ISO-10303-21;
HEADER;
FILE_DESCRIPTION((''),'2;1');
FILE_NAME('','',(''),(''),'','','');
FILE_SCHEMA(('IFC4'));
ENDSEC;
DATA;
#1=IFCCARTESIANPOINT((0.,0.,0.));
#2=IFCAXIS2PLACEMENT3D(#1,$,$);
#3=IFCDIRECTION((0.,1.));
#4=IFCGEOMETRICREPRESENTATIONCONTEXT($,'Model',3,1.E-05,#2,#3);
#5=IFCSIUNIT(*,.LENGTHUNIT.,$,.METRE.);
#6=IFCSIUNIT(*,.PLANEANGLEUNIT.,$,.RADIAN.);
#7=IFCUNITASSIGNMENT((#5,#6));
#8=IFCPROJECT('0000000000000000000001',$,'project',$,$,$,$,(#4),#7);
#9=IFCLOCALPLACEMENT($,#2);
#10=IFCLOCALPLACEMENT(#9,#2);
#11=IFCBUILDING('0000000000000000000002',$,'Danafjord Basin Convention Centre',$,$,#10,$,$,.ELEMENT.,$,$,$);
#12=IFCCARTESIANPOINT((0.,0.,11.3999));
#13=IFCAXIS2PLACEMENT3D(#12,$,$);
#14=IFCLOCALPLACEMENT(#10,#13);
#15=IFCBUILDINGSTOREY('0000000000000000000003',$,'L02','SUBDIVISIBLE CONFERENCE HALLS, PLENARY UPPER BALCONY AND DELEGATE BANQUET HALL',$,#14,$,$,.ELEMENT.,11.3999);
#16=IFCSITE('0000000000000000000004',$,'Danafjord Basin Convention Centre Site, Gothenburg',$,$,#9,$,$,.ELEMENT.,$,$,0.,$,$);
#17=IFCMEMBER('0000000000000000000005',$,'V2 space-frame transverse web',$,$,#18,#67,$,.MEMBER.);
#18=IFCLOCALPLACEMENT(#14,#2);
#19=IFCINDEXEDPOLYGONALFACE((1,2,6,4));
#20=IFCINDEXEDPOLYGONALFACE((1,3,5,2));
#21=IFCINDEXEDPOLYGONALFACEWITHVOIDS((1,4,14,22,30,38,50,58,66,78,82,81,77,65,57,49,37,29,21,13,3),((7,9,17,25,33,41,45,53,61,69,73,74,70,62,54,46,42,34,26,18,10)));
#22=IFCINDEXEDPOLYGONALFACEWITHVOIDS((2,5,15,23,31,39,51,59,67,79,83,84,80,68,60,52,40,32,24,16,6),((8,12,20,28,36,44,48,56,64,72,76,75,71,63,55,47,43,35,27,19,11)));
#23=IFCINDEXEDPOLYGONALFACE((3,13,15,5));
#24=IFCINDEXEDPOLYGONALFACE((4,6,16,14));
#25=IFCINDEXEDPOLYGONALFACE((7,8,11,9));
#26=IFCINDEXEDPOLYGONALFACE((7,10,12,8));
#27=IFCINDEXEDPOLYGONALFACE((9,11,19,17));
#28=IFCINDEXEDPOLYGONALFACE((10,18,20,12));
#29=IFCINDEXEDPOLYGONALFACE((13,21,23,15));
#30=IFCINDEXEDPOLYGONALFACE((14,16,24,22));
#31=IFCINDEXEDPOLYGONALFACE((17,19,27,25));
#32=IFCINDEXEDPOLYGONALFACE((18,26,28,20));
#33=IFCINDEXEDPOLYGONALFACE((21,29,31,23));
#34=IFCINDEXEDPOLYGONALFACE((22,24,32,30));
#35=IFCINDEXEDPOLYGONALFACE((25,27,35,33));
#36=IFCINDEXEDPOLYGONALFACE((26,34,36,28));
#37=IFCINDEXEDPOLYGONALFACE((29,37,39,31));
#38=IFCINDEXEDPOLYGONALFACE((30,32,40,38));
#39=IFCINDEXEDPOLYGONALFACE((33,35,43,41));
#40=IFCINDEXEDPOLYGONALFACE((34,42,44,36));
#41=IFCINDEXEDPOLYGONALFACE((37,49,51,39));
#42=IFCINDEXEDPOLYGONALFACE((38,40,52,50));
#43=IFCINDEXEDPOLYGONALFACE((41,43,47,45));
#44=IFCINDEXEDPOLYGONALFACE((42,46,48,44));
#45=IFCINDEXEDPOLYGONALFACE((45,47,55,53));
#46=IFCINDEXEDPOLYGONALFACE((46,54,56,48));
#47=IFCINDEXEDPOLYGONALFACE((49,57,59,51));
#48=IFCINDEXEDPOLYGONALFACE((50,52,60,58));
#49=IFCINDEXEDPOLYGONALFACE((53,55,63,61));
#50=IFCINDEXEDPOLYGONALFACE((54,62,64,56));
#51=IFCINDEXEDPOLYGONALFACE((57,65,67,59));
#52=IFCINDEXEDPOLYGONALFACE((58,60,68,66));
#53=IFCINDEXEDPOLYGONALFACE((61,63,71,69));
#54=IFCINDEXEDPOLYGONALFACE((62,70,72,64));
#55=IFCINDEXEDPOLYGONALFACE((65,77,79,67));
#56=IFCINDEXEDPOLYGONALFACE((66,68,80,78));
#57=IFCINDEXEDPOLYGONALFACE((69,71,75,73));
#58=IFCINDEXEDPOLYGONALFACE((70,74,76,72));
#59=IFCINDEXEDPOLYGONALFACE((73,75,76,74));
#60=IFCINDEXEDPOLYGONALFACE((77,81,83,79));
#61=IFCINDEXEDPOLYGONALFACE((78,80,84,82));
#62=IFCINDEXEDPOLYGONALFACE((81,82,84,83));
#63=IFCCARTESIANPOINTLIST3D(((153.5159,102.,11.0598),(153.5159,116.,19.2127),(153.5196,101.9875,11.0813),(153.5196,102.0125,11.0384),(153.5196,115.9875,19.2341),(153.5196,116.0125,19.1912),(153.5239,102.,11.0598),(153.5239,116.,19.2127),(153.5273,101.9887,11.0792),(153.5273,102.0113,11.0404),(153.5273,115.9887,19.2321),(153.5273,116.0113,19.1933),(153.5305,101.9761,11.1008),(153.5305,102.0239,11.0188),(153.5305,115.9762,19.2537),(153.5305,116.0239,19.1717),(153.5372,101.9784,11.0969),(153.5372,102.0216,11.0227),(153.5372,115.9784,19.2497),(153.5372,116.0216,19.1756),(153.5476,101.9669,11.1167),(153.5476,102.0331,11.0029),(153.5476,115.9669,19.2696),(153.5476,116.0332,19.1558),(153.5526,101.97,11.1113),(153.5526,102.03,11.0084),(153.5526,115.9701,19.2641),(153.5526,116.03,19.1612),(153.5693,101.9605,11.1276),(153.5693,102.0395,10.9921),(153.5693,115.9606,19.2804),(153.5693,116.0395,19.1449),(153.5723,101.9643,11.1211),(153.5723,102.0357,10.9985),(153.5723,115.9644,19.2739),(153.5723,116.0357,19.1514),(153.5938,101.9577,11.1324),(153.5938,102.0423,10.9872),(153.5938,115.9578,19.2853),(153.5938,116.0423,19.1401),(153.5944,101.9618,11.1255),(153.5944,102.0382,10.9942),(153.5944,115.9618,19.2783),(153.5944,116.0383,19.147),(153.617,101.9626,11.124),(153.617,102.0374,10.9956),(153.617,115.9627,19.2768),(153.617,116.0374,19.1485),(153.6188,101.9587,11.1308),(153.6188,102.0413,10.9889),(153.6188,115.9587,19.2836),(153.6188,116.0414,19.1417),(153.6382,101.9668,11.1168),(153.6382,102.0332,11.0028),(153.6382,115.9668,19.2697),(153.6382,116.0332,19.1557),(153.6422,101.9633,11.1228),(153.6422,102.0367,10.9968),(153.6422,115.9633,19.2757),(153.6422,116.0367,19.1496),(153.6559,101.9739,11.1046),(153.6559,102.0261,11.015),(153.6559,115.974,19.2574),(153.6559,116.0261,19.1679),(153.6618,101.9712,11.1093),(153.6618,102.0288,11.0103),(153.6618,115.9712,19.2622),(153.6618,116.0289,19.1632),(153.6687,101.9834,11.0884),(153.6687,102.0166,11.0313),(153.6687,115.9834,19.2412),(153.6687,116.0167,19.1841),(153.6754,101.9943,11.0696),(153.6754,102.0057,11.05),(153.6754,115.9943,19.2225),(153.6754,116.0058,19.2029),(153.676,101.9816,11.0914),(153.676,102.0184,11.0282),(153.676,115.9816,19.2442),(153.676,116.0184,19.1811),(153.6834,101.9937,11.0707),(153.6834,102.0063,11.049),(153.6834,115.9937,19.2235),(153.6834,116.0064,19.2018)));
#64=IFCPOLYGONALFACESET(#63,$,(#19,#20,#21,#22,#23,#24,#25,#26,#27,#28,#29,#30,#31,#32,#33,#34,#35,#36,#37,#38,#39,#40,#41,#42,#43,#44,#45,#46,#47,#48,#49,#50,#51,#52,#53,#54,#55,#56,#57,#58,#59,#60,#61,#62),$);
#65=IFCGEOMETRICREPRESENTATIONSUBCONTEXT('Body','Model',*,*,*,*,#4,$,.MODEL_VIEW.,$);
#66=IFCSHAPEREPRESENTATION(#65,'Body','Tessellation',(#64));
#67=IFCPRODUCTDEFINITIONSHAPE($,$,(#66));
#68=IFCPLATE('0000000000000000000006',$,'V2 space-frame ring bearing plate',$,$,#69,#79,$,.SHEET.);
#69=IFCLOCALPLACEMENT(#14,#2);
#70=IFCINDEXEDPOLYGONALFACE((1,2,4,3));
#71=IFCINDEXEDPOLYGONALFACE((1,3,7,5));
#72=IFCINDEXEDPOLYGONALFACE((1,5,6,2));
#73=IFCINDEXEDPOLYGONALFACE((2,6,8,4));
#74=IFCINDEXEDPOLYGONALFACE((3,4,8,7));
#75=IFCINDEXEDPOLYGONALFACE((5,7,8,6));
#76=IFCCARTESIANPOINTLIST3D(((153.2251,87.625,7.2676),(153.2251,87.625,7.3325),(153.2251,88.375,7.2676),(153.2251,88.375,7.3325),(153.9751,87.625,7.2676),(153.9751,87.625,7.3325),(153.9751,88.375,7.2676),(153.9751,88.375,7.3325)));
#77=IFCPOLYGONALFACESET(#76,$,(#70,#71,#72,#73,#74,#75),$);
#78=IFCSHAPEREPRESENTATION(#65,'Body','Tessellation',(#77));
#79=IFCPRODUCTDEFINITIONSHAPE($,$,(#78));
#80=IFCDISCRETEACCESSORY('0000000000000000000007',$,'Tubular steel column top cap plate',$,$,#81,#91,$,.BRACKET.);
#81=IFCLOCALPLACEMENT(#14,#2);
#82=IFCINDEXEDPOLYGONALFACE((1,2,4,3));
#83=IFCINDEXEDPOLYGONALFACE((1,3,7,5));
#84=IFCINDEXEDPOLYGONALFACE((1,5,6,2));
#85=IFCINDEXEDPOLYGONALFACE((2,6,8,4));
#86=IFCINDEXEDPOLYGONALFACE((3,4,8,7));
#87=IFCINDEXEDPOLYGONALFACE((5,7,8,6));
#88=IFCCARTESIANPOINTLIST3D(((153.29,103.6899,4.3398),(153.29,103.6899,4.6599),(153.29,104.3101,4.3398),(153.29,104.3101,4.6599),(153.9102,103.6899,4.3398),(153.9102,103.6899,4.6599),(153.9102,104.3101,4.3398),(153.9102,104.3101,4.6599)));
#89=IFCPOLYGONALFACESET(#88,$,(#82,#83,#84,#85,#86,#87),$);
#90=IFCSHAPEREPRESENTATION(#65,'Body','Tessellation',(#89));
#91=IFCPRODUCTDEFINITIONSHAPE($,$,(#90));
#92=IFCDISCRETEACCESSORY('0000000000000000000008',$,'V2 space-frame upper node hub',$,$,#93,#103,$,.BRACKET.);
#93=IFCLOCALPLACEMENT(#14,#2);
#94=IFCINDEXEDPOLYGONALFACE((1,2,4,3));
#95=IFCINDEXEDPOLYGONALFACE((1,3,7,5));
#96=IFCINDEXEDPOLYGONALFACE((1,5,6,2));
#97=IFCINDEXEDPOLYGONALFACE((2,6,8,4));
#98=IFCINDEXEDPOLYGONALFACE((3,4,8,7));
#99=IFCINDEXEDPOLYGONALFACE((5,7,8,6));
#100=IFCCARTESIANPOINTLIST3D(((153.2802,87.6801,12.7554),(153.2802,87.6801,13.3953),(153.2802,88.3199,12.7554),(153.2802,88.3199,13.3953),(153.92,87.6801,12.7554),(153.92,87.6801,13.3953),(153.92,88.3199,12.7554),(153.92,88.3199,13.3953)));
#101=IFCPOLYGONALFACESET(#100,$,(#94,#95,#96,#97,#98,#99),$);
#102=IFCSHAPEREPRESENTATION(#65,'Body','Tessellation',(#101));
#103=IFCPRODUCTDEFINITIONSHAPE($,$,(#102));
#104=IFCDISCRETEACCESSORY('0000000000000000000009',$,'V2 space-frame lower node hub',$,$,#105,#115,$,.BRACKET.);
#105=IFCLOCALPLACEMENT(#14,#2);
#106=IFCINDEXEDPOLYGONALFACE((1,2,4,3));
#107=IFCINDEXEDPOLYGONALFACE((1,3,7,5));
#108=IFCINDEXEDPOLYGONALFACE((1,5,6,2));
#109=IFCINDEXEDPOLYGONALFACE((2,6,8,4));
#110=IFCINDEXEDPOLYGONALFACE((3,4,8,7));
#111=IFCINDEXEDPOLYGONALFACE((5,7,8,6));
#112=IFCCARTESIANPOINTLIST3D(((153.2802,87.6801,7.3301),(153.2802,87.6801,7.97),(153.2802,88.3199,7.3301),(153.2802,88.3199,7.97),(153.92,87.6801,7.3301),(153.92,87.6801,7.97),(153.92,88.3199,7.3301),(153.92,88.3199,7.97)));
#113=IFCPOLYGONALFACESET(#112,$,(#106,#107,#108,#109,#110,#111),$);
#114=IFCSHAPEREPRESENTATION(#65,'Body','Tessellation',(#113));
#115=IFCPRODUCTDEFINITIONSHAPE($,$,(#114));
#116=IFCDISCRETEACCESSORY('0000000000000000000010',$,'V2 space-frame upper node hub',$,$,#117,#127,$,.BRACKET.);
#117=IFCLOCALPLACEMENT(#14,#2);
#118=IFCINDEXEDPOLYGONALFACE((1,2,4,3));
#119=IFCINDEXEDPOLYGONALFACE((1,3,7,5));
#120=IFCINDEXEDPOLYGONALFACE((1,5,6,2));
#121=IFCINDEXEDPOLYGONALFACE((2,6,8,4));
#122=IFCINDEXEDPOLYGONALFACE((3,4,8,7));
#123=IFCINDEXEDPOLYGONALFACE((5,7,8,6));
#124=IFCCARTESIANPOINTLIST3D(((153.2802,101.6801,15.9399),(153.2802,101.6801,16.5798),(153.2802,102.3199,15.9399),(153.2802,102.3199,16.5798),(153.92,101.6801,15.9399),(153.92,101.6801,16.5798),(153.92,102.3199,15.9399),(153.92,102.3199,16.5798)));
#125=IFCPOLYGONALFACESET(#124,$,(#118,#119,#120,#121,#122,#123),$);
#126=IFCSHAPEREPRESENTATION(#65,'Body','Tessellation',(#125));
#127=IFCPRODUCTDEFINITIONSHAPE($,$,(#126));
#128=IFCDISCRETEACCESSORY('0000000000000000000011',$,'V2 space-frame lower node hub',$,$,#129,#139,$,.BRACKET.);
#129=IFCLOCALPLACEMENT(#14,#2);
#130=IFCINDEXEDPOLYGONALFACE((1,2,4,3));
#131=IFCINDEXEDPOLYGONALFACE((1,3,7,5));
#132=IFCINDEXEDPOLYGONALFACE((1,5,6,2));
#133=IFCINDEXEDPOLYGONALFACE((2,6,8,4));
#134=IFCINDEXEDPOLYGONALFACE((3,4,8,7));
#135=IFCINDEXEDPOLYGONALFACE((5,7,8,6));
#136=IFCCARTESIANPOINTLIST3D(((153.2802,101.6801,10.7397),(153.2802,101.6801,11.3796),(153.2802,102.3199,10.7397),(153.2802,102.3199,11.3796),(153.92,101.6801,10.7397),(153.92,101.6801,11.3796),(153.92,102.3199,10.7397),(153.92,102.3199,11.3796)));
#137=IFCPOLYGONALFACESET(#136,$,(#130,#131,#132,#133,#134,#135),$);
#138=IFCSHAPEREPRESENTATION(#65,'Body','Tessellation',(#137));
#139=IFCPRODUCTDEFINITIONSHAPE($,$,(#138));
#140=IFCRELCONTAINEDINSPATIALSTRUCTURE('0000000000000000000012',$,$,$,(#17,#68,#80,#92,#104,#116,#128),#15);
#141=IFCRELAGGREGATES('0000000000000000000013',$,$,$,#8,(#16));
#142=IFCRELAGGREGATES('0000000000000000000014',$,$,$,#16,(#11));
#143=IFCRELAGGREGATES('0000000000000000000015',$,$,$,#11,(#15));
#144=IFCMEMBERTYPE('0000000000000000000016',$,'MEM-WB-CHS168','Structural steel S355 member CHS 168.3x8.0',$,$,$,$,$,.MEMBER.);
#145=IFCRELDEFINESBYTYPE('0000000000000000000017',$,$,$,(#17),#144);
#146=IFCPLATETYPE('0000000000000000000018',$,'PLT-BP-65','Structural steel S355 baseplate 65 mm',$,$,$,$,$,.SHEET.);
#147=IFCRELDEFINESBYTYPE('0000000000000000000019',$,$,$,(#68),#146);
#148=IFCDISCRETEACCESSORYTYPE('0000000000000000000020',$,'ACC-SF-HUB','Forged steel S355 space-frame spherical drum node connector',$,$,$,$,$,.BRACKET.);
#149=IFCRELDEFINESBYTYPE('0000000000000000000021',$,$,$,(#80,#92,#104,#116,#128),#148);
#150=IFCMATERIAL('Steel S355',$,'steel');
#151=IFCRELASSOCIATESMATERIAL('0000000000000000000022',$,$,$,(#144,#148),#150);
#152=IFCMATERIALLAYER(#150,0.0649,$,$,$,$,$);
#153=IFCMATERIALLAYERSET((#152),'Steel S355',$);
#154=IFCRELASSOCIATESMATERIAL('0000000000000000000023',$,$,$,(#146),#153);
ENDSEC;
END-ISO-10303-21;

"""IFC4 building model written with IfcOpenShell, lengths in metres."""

from ifc_helpers import new_model, si_unit, direction, frame, origin, origin_2d, place, context, subcontext, project, spatial, rectangle, hollow_circle, extrude, material, layer, layer_set, material_profile, profile_set, type_object, element, save


model = new_model("IFC4")

# Units and contexts
model_context = context("Model", 3, precision=1e-05, world=origin(), true_north=direction((0.0, 1.0)))
body_context = subcontext(model_context, "Body", "Model", "MODEL_VIEW")
ifc_project = project(units=[si_unit("LENGTHUNIT", "METRE"), si_unit("PLANEANGLEUNIT", "RADIAN")], contexts=[model_context])

# Site, building, storey
site_placement = place(None, origin())
site = spatial("IfcSite", under=ifc_project, at=site_placement, Name="Danafjord Basin Convention Centre Site, Gothenburg", CompositionType="ELEMENT", RefElevation=0.0)
building_placement = place(site_placement, origin())
building = spatial("IfcBuilding", under=site, at=building_placement, Name="Danafjord Basin Convention Centre", CompositionType="ELEMENT")
storey_placement = place(building_placement, frame((0.0, 0.0, 11.3999)))
storey = spatial("IfcBuildingStorey", under=building, at=storey_placement, Name="L02", Description="SUBDIVISIBLE CONFERENCE HALLS, PLENARY UPPER BALCONY AND DELEGATE BANQUET HALL", CompositionType="ELEMENT", Elevation=11.3999)

# Shared definitions
ifc_material = material(Name="Steel S355", Category="steel")

# Member
ifc_material_profile_1 = material_profile(ifc_material, hollow_circle(Radius=0.0842, WallThickness=0.0081, at=origin_2d()), Name="CHS 168.3x8.0")
ifc_profile_set_1 = profile_set([ifc_material_profile_1], Name="Steel S355")
member_type_1 = type_object("IfcMemberType", Name="MEM-WB-CHS168", Description="Structural steel S355 member CHS 168.3x8.0", PredefinedType="MEMBER", material=ifc_profile_set_1)
member_1_placement = place(storey_placement, frame((153.6001, 102.0, 11.0598), z_axis=(0.0, 0.86415, 0.503234), x_axis=(-1.0, 0.0, 0.0)))
element("IfcMember", 1, at=member_1_placement, inside=storey, type_object=member_type_1, Name="V2 space-frame transverse web", PredefinedType="MEMBER", context=body_context, shape_type="SweptSolid", body=[
    extrude(hollow_circle(Radius=0.0842, WallThickness=0.0081, at=origin_2d()), origin(), (0.0, 0.0, 1.0), 16.2009),
])

# Plate
ifc_layer = layer(ifc_material, 0.0649)
ifc_layer_set = layer_set([ifc_layer], Name="Steel S355")
plate_type = type_object("IfcPlateType", Name="PLT-BP-65", Description="Structural steel S355 baseplate 65 mm", PredefinedType="SHEET", material=ifc_layer_set)
plate_placement = place(storey_placement, frame((153.6001, 88.0, 7.2676), z_axis=(0.0, 0.0, 1.0), x_axis=(1.0, 0.0, 0.0)))
element("IfcPlate", 2, at=plate_placement, inside=storey, type_object=plate_type, Name="V2 space-frame ring bearing plate", PredefinedType="SHEET", context=body_context, shape_type="SweptSolid", body=[
    extrude(rectangle(XDim=0.75, YDim=0.75, at=origin_2d()), origin(), (0.0, 0.0, 1.0), 0.0649),
])

# Discrete accessories
discrete_accessory_type = type_object("IfcDiscreteAccessoryType", Name="ACC-SF-HUB", Description="Forged steel S355 space-frame spherical drum node connector", PredefinedType="BRACKET", material=ifc_material)
discrete_accessory_placement = place(storey_placement, frame((153.6001, 104.0, 4.3398), z_axis=(0.0, 0.0, 1.0), x_axis=(1.0, 0.0, 0.0)))
element("IfcDiscreteAccessory", 3, at=discrete_accessory_placement, inside=storey, type_object=discrete_accessory_type, Name="Tubular steel column top cap plate", PredefinedType="BRACKET", context=body_context, shape_type="SweptSolid", body=[
    extrude(rectangle(XDim=0.6201, YDim=0.6201, at=origin_2d()), origin(), (0.0, 0.0, 1.0), 0.3201),
])
for number, where, z_axis, x_axis, name in (
    (4, (153.6001, 88.0, 12.7554), (0.0, 0.0, 1.0), (1.0, 0.0, 0.0), "V2 space-frame upper node hub"),
    (5, (153.6001, 88.0, 7.3301), (0.0, 0.0, 1.0), (1.0, 0.0, 0.0), "V2 space-frame lower node hub"),
    (6, (153.6001, 102.0, 15.9399), (0.0, 0.0, 1.0), (1.0, 0.0, 0.0), "V2 space-frame upper node hub"),
    (7, (153.6001, 102.0, 10.7397), (0.0, 0.0, 1.0), (1.0, 0.0, 0.0), "V2 space-frame lower node hub"),
):
    element("IfcDiscreteAccessory", number, at=place(storey_placement, frame(where, z_axis=z_axis, x_axis=x_axis)), inside=storey, type_object=discrete_accessory_type, Name=name, PredefinedType="BRACKET", context=body_context, shape_type="SweptSolid", body=[
        extrude(rectangle(XDim=0.6399, YDim=0.6399, at=origin_2d()), origin(), (0.0, 0.0, 1.0), 0.6399),
    ])

save(model, "model.ifc")
